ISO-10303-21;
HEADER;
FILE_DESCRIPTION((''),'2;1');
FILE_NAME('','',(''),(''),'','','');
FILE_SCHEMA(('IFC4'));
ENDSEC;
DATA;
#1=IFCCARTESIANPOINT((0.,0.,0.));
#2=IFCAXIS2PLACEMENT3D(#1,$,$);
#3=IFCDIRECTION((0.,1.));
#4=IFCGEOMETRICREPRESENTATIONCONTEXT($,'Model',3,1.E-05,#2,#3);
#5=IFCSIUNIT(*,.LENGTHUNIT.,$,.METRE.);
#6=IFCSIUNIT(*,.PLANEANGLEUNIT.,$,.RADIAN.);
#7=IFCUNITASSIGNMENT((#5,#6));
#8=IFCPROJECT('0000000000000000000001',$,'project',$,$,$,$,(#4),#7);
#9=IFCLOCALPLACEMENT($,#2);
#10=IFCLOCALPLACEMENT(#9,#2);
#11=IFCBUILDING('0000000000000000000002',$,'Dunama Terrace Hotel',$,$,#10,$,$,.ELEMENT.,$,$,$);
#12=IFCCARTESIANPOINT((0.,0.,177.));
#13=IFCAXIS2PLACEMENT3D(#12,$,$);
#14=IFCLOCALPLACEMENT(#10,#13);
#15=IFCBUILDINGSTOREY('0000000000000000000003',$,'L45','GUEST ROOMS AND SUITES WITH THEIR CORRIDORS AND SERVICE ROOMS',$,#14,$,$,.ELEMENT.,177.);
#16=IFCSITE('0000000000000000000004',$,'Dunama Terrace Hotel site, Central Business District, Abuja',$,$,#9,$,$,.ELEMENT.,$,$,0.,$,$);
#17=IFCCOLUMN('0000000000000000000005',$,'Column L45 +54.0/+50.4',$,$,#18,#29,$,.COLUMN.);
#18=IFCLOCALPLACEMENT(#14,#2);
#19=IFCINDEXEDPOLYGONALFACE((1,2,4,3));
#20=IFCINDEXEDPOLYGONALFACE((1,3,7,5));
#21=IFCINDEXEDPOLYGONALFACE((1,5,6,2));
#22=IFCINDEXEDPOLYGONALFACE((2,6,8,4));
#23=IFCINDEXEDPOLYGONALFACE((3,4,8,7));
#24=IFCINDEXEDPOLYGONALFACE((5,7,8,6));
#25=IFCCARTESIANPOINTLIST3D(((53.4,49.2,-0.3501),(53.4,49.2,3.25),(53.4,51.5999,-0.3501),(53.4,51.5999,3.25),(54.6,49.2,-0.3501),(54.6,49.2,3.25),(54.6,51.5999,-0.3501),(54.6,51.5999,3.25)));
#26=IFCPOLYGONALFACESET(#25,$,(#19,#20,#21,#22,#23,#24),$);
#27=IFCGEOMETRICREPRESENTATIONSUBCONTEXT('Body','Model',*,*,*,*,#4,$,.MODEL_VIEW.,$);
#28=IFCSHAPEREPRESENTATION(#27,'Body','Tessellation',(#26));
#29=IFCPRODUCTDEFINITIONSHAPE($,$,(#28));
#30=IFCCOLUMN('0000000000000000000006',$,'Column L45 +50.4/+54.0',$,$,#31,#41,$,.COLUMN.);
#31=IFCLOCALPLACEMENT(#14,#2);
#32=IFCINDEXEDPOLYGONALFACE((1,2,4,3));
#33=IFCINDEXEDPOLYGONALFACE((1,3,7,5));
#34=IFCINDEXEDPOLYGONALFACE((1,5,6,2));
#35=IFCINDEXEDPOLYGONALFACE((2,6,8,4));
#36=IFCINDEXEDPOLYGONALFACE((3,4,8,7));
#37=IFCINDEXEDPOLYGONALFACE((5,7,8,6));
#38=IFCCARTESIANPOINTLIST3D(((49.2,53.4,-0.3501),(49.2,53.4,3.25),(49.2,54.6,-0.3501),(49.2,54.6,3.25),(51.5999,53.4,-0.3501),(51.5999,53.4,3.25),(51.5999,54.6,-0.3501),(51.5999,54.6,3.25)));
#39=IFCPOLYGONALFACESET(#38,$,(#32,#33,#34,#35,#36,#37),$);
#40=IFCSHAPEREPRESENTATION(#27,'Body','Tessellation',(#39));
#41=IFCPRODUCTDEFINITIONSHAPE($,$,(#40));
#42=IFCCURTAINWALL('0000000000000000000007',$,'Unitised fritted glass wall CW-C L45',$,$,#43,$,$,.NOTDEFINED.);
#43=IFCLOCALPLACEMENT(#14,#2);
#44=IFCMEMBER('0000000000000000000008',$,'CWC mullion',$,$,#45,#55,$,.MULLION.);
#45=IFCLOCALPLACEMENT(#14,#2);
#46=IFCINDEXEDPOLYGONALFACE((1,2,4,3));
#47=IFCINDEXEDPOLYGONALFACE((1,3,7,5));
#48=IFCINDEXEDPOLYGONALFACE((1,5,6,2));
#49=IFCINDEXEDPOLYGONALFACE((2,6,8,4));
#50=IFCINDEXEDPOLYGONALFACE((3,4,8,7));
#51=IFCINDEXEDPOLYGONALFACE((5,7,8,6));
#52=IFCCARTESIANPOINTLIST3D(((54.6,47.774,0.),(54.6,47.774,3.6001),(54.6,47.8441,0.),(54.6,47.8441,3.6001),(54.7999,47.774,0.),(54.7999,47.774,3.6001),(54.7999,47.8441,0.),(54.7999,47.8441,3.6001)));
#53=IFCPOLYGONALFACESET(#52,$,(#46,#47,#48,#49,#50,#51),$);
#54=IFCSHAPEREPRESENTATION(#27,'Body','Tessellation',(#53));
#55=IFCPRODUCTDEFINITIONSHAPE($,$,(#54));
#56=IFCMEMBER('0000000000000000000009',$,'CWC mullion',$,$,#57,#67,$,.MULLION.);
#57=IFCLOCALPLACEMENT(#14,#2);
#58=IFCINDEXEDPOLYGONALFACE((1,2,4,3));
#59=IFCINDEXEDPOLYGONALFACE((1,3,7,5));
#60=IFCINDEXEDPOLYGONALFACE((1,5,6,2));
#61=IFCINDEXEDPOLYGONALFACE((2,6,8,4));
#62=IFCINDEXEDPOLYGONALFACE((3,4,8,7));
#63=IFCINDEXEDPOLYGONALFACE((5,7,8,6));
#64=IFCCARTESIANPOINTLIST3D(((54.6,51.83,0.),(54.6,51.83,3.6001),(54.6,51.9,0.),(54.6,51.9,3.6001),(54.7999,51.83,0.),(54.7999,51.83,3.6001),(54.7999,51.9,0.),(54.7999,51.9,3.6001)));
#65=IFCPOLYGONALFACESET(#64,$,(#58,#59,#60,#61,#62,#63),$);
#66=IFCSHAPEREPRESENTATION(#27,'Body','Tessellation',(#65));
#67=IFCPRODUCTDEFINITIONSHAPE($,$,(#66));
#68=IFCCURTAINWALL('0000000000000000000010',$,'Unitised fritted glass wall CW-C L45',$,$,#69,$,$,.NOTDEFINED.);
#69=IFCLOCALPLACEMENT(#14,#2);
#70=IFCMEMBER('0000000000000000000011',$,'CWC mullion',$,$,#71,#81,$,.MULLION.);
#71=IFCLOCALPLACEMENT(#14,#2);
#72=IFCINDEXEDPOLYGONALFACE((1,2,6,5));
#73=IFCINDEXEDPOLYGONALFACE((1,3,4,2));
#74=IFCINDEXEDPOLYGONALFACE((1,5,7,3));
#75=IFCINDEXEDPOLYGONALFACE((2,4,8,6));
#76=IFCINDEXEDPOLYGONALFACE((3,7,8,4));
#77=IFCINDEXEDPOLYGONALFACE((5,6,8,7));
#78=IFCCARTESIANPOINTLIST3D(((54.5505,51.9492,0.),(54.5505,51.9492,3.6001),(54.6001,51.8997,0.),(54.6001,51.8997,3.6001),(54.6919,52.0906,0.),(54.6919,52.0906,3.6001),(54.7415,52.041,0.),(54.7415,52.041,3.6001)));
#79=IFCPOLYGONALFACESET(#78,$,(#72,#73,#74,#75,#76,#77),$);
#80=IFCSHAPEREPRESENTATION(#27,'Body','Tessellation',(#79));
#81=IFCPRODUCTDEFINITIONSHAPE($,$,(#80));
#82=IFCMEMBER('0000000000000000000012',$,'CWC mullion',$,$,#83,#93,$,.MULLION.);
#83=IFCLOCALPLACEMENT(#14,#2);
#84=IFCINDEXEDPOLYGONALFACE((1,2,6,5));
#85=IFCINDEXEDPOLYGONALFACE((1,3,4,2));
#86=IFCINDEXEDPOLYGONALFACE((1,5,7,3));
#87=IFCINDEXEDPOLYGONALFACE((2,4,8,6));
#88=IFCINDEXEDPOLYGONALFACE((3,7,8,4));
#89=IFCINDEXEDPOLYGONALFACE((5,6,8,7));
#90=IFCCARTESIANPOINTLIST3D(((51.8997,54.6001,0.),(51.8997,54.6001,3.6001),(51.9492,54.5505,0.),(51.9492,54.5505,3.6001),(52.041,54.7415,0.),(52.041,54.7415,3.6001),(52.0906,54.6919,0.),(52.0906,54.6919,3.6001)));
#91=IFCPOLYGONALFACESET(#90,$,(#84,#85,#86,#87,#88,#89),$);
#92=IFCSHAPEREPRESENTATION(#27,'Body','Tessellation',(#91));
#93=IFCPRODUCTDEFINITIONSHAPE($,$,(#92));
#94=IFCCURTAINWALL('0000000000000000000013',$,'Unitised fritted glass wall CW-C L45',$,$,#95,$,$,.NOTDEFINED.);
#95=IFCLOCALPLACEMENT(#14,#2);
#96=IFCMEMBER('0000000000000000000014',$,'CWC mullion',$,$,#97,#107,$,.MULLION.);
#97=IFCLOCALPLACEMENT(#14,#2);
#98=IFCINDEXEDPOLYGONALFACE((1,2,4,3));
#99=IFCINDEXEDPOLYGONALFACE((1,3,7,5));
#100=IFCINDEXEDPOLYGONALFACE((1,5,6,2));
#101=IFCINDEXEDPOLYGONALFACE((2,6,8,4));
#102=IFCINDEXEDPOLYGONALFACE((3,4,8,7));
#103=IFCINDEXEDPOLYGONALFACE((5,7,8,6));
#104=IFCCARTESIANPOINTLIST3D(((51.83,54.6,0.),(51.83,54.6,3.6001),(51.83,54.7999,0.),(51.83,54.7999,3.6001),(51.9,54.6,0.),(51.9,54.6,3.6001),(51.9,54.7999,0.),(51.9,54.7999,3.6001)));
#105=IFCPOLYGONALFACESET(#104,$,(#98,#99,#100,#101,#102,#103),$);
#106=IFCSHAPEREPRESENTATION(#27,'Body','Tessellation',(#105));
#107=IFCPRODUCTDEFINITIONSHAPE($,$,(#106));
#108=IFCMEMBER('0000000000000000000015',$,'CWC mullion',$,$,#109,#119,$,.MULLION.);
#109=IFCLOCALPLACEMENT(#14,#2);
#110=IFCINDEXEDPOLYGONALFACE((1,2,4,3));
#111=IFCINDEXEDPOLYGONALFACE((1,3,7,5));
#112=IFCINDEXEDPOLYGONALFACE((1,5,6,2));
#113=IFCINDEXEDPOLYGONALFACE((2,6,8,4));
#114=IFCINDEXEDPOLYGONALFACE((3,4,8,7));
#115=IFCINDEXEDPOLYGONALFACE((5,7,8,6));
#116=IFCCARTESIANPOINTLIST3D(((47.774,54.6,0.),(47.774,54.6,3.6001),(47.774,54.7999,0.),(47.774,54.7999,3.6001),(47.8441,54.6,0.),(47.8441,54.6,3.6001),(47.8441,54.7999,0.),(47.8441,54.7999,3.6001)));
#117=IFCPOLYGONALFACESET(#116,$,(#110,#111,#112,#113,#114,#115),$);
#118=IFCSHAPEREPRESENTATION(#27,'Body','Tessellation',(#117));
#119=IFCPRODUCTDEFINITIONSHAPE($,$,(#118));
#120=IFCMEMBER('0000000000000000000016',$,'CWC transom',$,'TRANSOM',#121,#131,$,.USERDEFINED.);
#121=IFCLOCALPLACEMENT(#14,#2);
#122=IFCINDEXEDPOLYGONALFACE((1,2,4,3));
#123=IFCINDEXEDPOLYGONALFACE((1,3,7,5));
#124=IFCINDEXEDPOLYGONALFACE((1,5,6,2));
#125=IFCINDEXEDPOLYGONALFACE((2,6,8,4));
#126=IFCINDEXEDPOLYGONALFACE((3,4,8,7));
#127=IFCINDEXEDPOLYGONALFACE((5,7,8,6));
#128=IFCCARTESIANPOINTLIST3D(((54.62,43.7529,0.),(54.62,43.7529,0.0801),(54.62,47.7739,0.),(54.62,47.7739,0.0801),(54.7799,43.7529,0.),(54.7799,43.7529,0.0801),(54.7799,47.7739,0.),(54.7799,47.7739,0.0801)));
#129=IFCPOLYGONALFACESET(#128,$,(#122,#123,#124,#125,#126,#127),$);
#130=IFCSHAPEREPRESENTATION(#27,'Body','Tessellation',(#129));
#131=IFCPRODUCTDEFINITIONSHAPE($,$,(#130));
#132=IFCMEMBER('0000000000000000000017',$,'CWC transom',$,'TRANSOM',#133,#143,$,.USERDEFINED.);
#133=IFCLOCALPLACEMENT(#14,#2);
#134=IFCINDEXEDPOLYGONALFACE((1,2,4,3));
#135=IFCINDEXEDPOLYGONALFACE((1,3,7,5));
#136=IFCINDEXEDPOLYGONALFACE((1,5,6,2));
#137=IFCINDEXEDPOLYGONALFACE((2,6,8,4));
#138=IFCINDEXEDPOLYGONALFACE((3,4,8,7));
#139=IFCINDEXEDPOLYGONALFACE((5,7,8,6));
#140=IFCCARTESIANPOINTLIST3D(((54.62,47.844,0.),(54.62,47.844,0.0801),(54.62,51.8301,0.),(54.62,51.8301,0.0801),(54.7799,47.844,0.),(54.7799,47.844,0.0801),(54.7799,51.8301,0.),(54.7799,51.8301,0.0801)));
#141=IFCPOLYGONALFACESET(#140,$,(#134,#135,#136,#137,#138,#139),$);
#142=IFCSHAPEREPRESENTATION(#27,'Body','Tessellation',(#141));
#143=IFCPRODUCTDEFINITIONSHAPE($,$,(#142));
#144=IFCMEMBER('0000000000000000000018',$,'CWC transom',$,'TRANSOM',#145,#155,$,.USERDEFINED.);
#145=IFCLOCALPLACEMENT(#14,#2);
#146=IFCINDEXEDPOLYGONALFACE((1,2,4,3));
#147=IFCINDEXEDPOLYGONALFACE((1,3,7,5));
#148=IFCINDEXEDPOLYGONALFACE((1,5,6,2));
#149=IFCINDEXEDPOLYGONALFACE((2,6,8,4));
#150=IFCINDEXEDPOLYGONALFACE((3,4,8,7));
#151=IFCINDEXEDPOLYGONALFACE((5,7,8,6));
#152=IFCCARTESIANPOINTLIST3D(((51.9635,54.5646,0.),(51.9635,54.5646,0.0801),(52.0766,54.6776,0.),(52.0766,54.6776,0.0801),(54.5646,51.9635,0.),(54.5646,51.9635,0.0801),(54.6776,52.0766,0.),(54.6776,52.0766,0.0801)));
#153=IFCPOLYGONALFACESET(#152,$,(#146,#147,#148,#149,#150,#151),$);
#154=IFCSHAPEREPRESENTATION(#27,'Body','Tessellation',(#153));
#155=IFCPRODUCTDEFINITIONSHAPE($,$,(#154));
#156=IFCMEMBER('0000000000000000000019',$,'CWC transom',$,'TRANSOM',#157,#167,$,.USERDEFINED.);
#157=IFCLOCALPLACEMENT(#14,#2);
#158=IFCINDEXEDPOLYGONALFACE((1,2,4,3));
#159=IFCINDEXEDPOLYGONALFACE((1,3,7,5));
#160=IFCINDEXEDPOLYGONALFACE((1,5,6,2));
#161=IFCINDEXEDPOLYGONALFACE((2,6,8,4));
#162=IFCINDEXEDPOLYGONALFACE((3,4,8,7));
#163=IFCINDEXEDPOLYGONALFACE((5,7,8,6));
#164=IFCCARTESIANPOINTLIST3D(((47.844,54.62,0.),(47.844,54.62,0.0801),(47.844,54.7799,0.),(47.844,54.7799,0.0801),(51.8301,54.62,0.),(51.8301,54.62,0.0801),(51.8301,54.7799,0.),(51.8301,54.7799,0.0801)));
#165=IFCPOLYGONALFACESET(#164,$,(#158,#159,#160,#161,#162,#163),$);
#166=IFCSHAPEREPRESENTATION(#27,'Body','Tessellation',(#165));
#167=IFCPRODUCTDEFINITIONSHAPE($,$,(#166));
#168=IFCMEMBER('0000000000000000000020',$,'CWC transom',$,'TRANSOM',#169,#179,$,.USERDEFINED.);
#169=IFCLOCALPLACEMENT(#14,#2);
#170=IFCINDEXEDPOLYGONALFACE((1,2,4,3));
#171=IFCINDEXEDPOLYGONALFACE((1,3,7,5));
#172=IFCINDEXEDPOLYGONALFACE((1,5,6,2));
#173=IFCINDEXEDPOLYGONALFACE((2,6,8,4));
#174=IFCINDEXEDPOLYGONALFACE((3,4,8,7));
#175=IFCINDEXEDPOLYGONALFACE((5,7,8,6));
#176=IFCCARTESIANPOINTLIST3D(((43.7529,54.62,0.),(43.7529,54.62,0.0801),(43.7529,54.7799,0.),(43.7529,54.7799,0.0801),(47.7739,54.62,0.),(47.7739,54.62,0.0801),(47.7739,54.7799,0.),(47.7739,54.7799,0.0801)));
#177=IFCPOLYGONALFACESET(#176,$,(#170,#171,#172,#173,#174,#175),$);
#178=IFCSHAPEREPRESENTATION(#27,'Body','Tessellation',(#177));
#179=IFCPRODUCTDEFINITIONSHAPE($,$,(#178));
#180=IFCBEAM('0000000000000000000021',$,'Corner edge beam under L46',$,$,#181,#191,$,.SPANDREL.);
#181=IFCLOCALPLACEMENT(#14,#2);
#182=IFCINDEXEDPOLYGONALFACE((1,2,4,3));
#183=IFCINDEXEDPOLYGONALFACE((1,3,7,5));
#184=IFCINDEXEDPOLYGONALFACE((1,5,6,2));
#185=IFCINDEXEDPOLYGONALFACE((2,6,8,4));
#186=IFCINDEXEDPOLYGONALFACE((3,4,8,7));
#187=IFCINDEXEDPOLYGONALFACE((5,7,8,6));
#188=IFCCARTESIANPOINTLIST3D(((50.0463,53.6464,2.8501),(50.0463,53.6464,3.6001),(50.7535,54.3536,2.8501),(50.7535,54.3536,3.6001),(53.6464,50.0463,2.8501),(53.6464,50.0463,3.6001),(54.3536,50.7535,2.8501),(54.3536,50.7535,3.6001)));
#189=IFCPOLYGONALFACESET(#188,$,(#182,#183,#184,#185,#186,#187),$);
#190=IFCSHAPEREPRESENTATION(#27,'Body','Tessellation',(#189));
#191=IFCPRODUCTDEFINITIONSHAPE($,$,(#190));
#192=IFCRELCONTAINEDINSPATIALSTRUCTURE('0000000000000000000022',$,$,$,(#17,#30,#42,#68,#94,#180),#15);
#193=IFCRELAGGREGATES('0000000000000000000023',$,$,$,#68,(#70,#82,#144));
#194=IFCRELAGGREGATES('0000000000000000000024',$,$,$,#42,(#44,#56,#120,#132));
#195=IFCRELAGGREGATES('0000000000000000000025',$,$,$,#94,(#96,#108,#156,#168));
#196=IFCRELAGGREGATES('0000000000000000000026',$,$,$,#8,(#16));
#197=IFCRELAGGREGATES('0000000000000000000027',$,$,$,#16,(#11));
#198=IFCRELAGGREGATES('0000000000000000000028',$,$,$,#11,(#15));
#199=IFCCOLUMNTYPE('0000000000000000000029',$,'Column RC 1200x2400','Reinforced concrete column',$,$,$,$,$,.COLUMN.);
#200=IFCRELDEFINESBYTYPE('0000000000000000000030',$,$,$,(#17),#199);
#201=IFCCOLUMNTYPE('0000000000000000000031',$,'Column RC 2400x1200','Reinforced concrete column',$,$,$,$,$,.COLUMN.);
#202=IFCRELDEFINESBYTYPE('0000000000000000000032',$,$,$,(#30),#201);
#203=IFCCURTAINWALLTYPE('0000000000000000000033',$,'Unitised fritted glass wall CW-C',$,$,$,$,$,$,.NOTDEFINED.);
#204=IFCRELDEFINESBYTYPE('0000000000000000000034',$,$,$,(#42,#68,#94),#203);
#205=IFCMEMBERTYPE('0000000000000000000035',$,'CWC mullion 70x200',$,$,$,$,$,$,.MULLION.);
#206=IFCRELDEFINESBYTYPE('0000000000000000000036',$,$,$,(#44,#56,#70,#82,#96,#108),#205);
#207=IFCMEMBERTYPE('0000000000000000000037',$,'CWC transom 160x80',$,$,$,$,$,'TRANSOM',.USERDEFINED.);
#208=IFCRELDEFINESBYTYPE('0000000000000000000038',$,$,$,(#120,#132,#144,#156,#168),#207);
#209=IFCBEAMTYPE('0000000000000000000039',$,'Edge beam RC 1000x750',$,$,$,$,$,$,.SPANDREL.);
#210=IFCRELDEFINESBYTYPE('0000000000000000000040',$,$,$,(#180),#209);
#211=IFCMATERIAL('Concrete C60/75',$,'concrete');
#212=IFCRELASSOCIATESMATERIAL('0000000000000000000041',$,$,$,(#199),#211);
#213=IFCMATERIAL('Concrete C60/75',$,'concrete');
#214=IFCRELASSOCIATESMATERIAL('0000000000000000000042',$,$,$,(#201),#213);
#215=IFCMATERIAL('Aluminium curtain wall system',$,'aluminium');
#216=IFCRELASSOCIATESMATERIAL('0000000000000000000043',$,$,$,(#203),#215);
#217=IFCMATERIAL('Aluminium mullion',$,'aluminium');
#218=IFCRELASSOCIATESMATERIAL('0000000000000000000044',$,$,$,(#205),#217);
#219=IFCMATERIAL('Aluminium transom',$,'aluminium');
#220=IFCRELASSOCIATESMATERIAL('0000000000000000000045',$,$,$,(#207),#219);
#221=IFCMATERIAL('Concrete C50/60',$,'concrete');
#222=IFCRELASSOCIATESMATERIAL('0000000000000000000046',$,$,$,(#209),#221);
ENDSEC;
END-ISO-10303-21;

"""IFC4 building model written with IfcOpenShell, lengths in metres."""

from ifc_helpers import new_model, si_unit, direction, frame, origin, origin_2d, place, context, subcontext, project, spatial, rectangle, extrude, material, material_profile, profile_set, type_object, element, aggregate, save


model = new_model("IFC4")

# Units and contexts
model_context = context("Model", 3, precision=1e-05, world=origin(), true_north=direction((0.0, 1.0)))
body_context = subcontext(model_context, "Body", "Model", "MODEL_VIEW")
ifc_project = project(units=[si_unit("LENGTHUNIT", "METRE"), si_unit("PLANEANGLEUNIT", "RADIAN")], contexts=[model_context])

# Site, building, storey
site_placement = place(None, origin())
site = spatial("IfcSite", under=ifc_project, at=site_placement, Name="Dunama Terrace Hotel site, Central Business District, Abuja", CompositionType="ELEMENT", RefElevation=0.0)
building_placement = place(site_placement, origin())
building = spatial("IfcBuilding", under=site, at=building_placement, Name="Dunama Terrace Hotel", CompositionType="ELEMENT")
storey_placement = place(building_placement, frame((0.0, 0.0, 177.0)))
storey = spatial("IfcBuildingStorey", under=building, at=storey_placement, Name="L45", Description="GUEST ROOMS AND SUITES WITH THEIR CORRIDORS AND SERVICE ROOMS", CompositionType="ELEMENT", Elevation=177.0)

# Columns
ifc_material_1 = material(Name="Concrete C60/75", Category="concrete")
ifc_material_profile_1 = material_profile(ifc_material_1, rectangle(XDim=1.2, YDim=2.3999, at=origin_2d()), Name="RC 1200x2400")
ifc_profile_set_1 = profile_set([ifc_material_profile_1], Name="Concrete C60/75")
column_type_1 = type_object("IfcColumnType", Name="Column RC 1200x2400", Description="Reinforced concrete column", PredefinedType="COLUMN", material=ifc_profile_set_1)
column_1_placement = place(storey_placement, frame((54.0, 50.3999, -0.3501), z_axis=(0.0, 0.0, 1.0), x_axis=(1.0, 0.0, 0.0)))
element("IfcColumn", 1, at=column_1_placement, inside=storey, type_object=column_type_1, Name="Column L45 +54.0/+50.4", PredefinedType="COLUMN", context=body_context, shape_type="SweptSolid", body=[
    extrude(rectangle(XDim=1.2, YDim=2.3999, at=origin_2d()), origin(), (0.0, 0.0, 1.0), 3.6001),
])
ifc_material_2 = material(Name="Concrete C60/75", Category="concrete")
ifc_material_profile_2 = material_profile(ifc_material_2, rectangle(XDim=2.3999, YDim=1.2, at=origin_2d()), Name="RC 2400x1200")
ifc_profile_set_2 = profile_set([ifc_material_profile_2], Name="Concrete C60/75")
column_type_2 = type_object("IfcColumnType", Name="Column RC 2400x1200", Description="Reinforced concrete column", PredefinedType="COLUMN", material=ifc_profile_set_2)
column_2_placement = place(storey_placement, frame((50.3999, 54.0, -0.3501), z_axis=(0.0, 0.0, 1.0), x_axis=(1.0, 0.0, 0.0)))
element("IfcColumn", 2, at=column_2_placement, inside=storey, type_object=column_type_2, Name="Column L45 +50.4/+54.0", PredefinedType="COLUMN", context=body_context, shape_type="SweptSolid", body=[
    extrude(rectangle(XDim=2.3999, YDim=1.2, at=origin_2d()), origin(), (0.0, 0.0, 1.0), 3.6001),
])

# Curtain walls, members
ifc_material_3 = material(Name="Aluminium curtain wall system", Category="aluminium")
curtain_wall_type = type_object("IfcCurtainWallType", Name="Unitised fritted glass wall CW-C", PredefinedType="NOTDEFINED", material=ifc_material_3)
curtain_wall_1_placement = place(storey_placement, origin())
curtain_wall_1 = element("IfcCurtainWall", 3, at=curtain_wall_1_placement, inside=storey, type_object=curtain_wall_type, Name="Unitised fritted glass wall CW-C L45", PredefinedType="NOTDEFINED")
ifc_material_4 = material(Name="Aluminium mullion", Category="aluminium")
ifc_material_profile_3 = material_profile(ifc_material_4, rectangle(XDim=0.0701, YDim=0.2, at=origin_2d()), Name="CWC MULLION 70X200")
ifc_profile_set_3 = profile_set([ifc_material_profile_3], Name="Aluminium mullion")
member_type_1 = type_object("IfcMemberType", Name="CWC mullion 70x200", PredefinedType="MULLION", material=ifc_profile_set_3)
member_1_placement = place(storey_placement, frame((54.7, 47.8091, 0.0), z_axis=(0.0, 0.0, 1.0), x_axis=(0.0, 1.0, 0.0)))
member_1 = element("IfcMember", 4, at=member_1_placement, type_object=member_type_1, Name="CWC mullion", PredefinedType="MULLION", context=body_context, shape_type="SweptSolid", body=[
    extrude(rectangle(XDim=0.0701, YDim=0.2, at=origin_2d()), origin(), (0.0, 0.0, 1.0), 3.6001),
])
member_2_placement = place(storey_placement, frame((54.7, 51.865, 0.0), z_axis=(0.0, 0.0, 1.0), x_axis=(0.0, 1.0, 0.0)))
member_2 = element("IfcMember", 5, at=member_2_placement, type_object=member_type_1, Name="CWC mullion", PredefinedType="MULLION", context=body_context, shape_type="SweptSolid", body=[
    extrude(rectangle(XDim=0.0701, YDim=0.2, at=origin_2d()), origin(), (0.0, 0.0, 1.0), 3.6001),
])
curtain_wall_2_placement = place(storey_placement, origin())
curtain_wall_2 = element("IfcCurtainWall", 6, at=curtain_wall_2_placement, inside=storey, type_object=curtain_wall_type, Name="Unitised fritted glass wall CW-C L45", PredefinedType="NOTDEFINED")
member_3_placement = place(storey_placement, frame((54.646, 51.9951, 0.0), z_axis=(0.0, 0.0, 1.0), x_axis=(-0.707107, 0.707107, 0.0)))
member_3 = element("IfcMember", 7, at=member_3_placement, type_object=member_type_1, Name="CWC mullion", PredefinedType="MULLION", context=body_context, shape_type="SweptSolid", body=[
    extrude(rectangle(XDim=0.0701, YDim=0.2, at=origin_2d()), origin(), (0.0, 0.0, 1.0), 3.6001),
])
member_4_placement = place(storey_placement, frame((51.9951, 54.646, 0.0), z_axis=(0.0, 0.0, 1.0), x_axis=(-0.707107, 0.707107, 0.0)))
member_4 = element("IfcMember", 8, at=member_4_placement, type_object=member_type_1, Name="CWC mullion", PredefinedType="MULLION", context=body_context, shape_type="SweptSolid", body=[
    extrude(rectangle(XDim=0.0701, YDim=0.2, at=origin_2d()), origin(), (0.0, 0.0, 1.0), 3.6001),
])
curtain_wall_3_placement = place(storey_placement, origin())
curtain_wall_3 = element("IfcCurtainWall", 9, at=curtain_wall_3_placement, inside=storey, type_object=curtain_wall_type, Name="Unitised fritted glass wall CW-C L45", PredefinedType="NOTDEFINED")
member_5_placement = place(storey_placement, frame((51.865, 54.7, 0.0), z_axis=(0.0, 0.0, 1.0), x_axis=(-1.0, 0.0, 0.0)))
member_5 = element("IfcMember", 10, at=member_5_placement, type_object=member_type_1, Name="CWC mullion", PredefinedType="MULLION", context=body_context, shape_type="SweptSolid", body=[
    extrude(rectangle(XDim=0.0701, YDim=0.2, at=origin_2d()), origin(), (0.0, 0.0, 1.0), 3.6001),
])
member_6_placement = place(storey_placement, frame((47.8091, 54.7, 0.0), z_axis=(0.0, 0.0, 1.0), x_axis=(-1.0, 0.0, 0.0)))
member_6 = element("IfcMember", 11, at=member_6_placement, type_object=member_type_1, Name="CWC mullion", PredefinedType="MULLION", context=body_context, shape_type="SweptSolid", body=[
    extrude(rectangle(XDim=0.0701, YDim=0.2, at=origin_2d()), origin(), (0.0, 0.0, 1.0), 3.6001),
])

# Members
ifc_material_5 = material(Name="Aluminium transom", Category="aluminium")
ifc_material_profile_4 = material_profile(ifc_material_5, rectangle(XDim=0.1599, YDim=0.0801, at=origin_2d()), Name="CWC TRANSOM 160X80")
ifc_profile_set_4 = profile_set([ifc_material_profile_4], Name="Aluminium transom")
member_type_2 = type_object("IfcMemberType", Name="CWC transom 160x80", ElementType="TRANSOM", PredefinedType="USERDEFINED", material=ifc_profile_set_4)
member_7_placement = place(storey_placement, frame((54.7, 43.7529, 0.04), z_axis=(0.0, 1.0, 0.0), x_axis=(-1.0, 0.0, 0.0)))
member_7 = element("IfcMember", 12, at=member_7_placement, type_object=member_type_2, Name="CWC transom", ObjectType="TRANSOM", PredefinedType="USERDEFINED", context=body_context, shape_type="SweptSolid", body=[
    extrude(rectangle(XDim=0.1599, YDim=0.0801, at=origin_2d()), origin(), (0.0, 0.0, 1.0), 4.021),
])
member_8_placement = place(storey_placement, frame((54.7, 47.844, 0.04), z_axis=(0.0, 1.0, 0.0), x_axis=(-1.0, 0.0, 0.0)))
member_8 = element("IfcMember", 13, at=member_8_placement, type_object=member_type_2, Name="CWC transom", ObjectType="TRANSOM", PredefinedType="USERDEFINED", context=body_context, shape_type="SweptSolid", body=[
    extrude(rectangle(XDim=0.1599, YDim=0.0801, at=origin_2d()), origin(), (0.0, 0.0, 1.0), 3.9861),
])
member_9_placement = place(storey_placement, frame((54.6211, 52.02, 0.04), z_axis=(-0.707107, 0.707107, 0.0), x_axis=(-0.707107, -0.707107, 0.0)))
member_9 = element("IfcMember", 14, at=member_9_placement, type_object=member_type_2, Name="CWC transom", ObjectType="TRANSOM", PredefinedType="USERDEFINED", context=body_context, shape_type="SweptSolid", body=[
    extrude(rectangle(XDim=0.1599, YDim=0.0801, at=origin_2d()), origin(), (0.0, 0.0, 1.0), 3.6785),
])
member_10_placement = place(storey_placement, frame((51.8301, 54.7, 0.04), z_axis=(-1.0, 0.0, 0.0), x_axis=(0.0, -1.0, 0.0)))
member_10 = element("IfcMember", 15, at=member_10_placement, type_object=member_type_2, Name="CWC transom", ObjectType="TRANSOM", PredefinedType="USERDEFINED", context=body_context, shape_type="SweptSolid", body=[
    extrude(rectangle(XDim=0.1599, YDim=0.0801, at=origin_2d()), origin(), (0.0, 0.0, 1.0), 3.9861),
])
member_11_placement = place(storey_placement, frame((47.7739, 54.7, 0.04), z_axis=(-1.0, 0.0, 0.0), x_axis=(0.0, -1.0, 0.0)))
member_11 = element("IfcMember", 16, at=member_11_placement, type_object=member_type_2, Name="CWC transom", ObjectType="TRANSOM", PredefinedType="USERDEFINED", context=body_context, shape_type="SweptSolid", body=[
    extrude(rectangle(XDim=0.1599, YDim=0.0801, at=origin_2d()), origin(), (0.0, 0.0, 1.0), 4.021),
])

# Beam
ifc_material_6 = material(Name="Concrete C50/60", Category="concrete")
ifc_material_profile_5 = material_profile(ifc_material_6, rectangle(XDim=1.0, YDim=0.75, at=origin_2d()), Name="RC 1000x750")
ifc_profile_set_5 = profile_set([ifc_material_profile_5], Name="Concrete C50/60")
beam_type = type_object("IfcBeamType", Name="Edge beam RC 1000x750", PredefinedType="SPANDREL", material=ifc_profile_set_5)
beam_placement = place(storey_placement, frame((50.3999, 54.0, 3.2251), z_axis=(0.707107, -0.707107, 0.0), x_axis=(0.707107, 0.707107, 0.0)))
element("IfcBeam", 17, at=beam_placement, inside=storey, type_object=beam_type, Name="Corner edge beam under L46", PredefinedType="SPANDREL", context=body_context, shape_type="SweptSolid", body=[
    extrude(rectangle(XDim=1.0, YDim=0.75, at=origin_2d()), origin(), (0.0, 0.0, 1.0), 5.0913),
])

aggregate(curtain_wall_2, [member_3, member_4, member_9])
aggregate(curtain_wall_1, [member_1, member_2, member_7, member_8])
aggregate(curtain_wall_3, [member_5, member_6, member_10, member_11])

save(model, "model.ifc")
